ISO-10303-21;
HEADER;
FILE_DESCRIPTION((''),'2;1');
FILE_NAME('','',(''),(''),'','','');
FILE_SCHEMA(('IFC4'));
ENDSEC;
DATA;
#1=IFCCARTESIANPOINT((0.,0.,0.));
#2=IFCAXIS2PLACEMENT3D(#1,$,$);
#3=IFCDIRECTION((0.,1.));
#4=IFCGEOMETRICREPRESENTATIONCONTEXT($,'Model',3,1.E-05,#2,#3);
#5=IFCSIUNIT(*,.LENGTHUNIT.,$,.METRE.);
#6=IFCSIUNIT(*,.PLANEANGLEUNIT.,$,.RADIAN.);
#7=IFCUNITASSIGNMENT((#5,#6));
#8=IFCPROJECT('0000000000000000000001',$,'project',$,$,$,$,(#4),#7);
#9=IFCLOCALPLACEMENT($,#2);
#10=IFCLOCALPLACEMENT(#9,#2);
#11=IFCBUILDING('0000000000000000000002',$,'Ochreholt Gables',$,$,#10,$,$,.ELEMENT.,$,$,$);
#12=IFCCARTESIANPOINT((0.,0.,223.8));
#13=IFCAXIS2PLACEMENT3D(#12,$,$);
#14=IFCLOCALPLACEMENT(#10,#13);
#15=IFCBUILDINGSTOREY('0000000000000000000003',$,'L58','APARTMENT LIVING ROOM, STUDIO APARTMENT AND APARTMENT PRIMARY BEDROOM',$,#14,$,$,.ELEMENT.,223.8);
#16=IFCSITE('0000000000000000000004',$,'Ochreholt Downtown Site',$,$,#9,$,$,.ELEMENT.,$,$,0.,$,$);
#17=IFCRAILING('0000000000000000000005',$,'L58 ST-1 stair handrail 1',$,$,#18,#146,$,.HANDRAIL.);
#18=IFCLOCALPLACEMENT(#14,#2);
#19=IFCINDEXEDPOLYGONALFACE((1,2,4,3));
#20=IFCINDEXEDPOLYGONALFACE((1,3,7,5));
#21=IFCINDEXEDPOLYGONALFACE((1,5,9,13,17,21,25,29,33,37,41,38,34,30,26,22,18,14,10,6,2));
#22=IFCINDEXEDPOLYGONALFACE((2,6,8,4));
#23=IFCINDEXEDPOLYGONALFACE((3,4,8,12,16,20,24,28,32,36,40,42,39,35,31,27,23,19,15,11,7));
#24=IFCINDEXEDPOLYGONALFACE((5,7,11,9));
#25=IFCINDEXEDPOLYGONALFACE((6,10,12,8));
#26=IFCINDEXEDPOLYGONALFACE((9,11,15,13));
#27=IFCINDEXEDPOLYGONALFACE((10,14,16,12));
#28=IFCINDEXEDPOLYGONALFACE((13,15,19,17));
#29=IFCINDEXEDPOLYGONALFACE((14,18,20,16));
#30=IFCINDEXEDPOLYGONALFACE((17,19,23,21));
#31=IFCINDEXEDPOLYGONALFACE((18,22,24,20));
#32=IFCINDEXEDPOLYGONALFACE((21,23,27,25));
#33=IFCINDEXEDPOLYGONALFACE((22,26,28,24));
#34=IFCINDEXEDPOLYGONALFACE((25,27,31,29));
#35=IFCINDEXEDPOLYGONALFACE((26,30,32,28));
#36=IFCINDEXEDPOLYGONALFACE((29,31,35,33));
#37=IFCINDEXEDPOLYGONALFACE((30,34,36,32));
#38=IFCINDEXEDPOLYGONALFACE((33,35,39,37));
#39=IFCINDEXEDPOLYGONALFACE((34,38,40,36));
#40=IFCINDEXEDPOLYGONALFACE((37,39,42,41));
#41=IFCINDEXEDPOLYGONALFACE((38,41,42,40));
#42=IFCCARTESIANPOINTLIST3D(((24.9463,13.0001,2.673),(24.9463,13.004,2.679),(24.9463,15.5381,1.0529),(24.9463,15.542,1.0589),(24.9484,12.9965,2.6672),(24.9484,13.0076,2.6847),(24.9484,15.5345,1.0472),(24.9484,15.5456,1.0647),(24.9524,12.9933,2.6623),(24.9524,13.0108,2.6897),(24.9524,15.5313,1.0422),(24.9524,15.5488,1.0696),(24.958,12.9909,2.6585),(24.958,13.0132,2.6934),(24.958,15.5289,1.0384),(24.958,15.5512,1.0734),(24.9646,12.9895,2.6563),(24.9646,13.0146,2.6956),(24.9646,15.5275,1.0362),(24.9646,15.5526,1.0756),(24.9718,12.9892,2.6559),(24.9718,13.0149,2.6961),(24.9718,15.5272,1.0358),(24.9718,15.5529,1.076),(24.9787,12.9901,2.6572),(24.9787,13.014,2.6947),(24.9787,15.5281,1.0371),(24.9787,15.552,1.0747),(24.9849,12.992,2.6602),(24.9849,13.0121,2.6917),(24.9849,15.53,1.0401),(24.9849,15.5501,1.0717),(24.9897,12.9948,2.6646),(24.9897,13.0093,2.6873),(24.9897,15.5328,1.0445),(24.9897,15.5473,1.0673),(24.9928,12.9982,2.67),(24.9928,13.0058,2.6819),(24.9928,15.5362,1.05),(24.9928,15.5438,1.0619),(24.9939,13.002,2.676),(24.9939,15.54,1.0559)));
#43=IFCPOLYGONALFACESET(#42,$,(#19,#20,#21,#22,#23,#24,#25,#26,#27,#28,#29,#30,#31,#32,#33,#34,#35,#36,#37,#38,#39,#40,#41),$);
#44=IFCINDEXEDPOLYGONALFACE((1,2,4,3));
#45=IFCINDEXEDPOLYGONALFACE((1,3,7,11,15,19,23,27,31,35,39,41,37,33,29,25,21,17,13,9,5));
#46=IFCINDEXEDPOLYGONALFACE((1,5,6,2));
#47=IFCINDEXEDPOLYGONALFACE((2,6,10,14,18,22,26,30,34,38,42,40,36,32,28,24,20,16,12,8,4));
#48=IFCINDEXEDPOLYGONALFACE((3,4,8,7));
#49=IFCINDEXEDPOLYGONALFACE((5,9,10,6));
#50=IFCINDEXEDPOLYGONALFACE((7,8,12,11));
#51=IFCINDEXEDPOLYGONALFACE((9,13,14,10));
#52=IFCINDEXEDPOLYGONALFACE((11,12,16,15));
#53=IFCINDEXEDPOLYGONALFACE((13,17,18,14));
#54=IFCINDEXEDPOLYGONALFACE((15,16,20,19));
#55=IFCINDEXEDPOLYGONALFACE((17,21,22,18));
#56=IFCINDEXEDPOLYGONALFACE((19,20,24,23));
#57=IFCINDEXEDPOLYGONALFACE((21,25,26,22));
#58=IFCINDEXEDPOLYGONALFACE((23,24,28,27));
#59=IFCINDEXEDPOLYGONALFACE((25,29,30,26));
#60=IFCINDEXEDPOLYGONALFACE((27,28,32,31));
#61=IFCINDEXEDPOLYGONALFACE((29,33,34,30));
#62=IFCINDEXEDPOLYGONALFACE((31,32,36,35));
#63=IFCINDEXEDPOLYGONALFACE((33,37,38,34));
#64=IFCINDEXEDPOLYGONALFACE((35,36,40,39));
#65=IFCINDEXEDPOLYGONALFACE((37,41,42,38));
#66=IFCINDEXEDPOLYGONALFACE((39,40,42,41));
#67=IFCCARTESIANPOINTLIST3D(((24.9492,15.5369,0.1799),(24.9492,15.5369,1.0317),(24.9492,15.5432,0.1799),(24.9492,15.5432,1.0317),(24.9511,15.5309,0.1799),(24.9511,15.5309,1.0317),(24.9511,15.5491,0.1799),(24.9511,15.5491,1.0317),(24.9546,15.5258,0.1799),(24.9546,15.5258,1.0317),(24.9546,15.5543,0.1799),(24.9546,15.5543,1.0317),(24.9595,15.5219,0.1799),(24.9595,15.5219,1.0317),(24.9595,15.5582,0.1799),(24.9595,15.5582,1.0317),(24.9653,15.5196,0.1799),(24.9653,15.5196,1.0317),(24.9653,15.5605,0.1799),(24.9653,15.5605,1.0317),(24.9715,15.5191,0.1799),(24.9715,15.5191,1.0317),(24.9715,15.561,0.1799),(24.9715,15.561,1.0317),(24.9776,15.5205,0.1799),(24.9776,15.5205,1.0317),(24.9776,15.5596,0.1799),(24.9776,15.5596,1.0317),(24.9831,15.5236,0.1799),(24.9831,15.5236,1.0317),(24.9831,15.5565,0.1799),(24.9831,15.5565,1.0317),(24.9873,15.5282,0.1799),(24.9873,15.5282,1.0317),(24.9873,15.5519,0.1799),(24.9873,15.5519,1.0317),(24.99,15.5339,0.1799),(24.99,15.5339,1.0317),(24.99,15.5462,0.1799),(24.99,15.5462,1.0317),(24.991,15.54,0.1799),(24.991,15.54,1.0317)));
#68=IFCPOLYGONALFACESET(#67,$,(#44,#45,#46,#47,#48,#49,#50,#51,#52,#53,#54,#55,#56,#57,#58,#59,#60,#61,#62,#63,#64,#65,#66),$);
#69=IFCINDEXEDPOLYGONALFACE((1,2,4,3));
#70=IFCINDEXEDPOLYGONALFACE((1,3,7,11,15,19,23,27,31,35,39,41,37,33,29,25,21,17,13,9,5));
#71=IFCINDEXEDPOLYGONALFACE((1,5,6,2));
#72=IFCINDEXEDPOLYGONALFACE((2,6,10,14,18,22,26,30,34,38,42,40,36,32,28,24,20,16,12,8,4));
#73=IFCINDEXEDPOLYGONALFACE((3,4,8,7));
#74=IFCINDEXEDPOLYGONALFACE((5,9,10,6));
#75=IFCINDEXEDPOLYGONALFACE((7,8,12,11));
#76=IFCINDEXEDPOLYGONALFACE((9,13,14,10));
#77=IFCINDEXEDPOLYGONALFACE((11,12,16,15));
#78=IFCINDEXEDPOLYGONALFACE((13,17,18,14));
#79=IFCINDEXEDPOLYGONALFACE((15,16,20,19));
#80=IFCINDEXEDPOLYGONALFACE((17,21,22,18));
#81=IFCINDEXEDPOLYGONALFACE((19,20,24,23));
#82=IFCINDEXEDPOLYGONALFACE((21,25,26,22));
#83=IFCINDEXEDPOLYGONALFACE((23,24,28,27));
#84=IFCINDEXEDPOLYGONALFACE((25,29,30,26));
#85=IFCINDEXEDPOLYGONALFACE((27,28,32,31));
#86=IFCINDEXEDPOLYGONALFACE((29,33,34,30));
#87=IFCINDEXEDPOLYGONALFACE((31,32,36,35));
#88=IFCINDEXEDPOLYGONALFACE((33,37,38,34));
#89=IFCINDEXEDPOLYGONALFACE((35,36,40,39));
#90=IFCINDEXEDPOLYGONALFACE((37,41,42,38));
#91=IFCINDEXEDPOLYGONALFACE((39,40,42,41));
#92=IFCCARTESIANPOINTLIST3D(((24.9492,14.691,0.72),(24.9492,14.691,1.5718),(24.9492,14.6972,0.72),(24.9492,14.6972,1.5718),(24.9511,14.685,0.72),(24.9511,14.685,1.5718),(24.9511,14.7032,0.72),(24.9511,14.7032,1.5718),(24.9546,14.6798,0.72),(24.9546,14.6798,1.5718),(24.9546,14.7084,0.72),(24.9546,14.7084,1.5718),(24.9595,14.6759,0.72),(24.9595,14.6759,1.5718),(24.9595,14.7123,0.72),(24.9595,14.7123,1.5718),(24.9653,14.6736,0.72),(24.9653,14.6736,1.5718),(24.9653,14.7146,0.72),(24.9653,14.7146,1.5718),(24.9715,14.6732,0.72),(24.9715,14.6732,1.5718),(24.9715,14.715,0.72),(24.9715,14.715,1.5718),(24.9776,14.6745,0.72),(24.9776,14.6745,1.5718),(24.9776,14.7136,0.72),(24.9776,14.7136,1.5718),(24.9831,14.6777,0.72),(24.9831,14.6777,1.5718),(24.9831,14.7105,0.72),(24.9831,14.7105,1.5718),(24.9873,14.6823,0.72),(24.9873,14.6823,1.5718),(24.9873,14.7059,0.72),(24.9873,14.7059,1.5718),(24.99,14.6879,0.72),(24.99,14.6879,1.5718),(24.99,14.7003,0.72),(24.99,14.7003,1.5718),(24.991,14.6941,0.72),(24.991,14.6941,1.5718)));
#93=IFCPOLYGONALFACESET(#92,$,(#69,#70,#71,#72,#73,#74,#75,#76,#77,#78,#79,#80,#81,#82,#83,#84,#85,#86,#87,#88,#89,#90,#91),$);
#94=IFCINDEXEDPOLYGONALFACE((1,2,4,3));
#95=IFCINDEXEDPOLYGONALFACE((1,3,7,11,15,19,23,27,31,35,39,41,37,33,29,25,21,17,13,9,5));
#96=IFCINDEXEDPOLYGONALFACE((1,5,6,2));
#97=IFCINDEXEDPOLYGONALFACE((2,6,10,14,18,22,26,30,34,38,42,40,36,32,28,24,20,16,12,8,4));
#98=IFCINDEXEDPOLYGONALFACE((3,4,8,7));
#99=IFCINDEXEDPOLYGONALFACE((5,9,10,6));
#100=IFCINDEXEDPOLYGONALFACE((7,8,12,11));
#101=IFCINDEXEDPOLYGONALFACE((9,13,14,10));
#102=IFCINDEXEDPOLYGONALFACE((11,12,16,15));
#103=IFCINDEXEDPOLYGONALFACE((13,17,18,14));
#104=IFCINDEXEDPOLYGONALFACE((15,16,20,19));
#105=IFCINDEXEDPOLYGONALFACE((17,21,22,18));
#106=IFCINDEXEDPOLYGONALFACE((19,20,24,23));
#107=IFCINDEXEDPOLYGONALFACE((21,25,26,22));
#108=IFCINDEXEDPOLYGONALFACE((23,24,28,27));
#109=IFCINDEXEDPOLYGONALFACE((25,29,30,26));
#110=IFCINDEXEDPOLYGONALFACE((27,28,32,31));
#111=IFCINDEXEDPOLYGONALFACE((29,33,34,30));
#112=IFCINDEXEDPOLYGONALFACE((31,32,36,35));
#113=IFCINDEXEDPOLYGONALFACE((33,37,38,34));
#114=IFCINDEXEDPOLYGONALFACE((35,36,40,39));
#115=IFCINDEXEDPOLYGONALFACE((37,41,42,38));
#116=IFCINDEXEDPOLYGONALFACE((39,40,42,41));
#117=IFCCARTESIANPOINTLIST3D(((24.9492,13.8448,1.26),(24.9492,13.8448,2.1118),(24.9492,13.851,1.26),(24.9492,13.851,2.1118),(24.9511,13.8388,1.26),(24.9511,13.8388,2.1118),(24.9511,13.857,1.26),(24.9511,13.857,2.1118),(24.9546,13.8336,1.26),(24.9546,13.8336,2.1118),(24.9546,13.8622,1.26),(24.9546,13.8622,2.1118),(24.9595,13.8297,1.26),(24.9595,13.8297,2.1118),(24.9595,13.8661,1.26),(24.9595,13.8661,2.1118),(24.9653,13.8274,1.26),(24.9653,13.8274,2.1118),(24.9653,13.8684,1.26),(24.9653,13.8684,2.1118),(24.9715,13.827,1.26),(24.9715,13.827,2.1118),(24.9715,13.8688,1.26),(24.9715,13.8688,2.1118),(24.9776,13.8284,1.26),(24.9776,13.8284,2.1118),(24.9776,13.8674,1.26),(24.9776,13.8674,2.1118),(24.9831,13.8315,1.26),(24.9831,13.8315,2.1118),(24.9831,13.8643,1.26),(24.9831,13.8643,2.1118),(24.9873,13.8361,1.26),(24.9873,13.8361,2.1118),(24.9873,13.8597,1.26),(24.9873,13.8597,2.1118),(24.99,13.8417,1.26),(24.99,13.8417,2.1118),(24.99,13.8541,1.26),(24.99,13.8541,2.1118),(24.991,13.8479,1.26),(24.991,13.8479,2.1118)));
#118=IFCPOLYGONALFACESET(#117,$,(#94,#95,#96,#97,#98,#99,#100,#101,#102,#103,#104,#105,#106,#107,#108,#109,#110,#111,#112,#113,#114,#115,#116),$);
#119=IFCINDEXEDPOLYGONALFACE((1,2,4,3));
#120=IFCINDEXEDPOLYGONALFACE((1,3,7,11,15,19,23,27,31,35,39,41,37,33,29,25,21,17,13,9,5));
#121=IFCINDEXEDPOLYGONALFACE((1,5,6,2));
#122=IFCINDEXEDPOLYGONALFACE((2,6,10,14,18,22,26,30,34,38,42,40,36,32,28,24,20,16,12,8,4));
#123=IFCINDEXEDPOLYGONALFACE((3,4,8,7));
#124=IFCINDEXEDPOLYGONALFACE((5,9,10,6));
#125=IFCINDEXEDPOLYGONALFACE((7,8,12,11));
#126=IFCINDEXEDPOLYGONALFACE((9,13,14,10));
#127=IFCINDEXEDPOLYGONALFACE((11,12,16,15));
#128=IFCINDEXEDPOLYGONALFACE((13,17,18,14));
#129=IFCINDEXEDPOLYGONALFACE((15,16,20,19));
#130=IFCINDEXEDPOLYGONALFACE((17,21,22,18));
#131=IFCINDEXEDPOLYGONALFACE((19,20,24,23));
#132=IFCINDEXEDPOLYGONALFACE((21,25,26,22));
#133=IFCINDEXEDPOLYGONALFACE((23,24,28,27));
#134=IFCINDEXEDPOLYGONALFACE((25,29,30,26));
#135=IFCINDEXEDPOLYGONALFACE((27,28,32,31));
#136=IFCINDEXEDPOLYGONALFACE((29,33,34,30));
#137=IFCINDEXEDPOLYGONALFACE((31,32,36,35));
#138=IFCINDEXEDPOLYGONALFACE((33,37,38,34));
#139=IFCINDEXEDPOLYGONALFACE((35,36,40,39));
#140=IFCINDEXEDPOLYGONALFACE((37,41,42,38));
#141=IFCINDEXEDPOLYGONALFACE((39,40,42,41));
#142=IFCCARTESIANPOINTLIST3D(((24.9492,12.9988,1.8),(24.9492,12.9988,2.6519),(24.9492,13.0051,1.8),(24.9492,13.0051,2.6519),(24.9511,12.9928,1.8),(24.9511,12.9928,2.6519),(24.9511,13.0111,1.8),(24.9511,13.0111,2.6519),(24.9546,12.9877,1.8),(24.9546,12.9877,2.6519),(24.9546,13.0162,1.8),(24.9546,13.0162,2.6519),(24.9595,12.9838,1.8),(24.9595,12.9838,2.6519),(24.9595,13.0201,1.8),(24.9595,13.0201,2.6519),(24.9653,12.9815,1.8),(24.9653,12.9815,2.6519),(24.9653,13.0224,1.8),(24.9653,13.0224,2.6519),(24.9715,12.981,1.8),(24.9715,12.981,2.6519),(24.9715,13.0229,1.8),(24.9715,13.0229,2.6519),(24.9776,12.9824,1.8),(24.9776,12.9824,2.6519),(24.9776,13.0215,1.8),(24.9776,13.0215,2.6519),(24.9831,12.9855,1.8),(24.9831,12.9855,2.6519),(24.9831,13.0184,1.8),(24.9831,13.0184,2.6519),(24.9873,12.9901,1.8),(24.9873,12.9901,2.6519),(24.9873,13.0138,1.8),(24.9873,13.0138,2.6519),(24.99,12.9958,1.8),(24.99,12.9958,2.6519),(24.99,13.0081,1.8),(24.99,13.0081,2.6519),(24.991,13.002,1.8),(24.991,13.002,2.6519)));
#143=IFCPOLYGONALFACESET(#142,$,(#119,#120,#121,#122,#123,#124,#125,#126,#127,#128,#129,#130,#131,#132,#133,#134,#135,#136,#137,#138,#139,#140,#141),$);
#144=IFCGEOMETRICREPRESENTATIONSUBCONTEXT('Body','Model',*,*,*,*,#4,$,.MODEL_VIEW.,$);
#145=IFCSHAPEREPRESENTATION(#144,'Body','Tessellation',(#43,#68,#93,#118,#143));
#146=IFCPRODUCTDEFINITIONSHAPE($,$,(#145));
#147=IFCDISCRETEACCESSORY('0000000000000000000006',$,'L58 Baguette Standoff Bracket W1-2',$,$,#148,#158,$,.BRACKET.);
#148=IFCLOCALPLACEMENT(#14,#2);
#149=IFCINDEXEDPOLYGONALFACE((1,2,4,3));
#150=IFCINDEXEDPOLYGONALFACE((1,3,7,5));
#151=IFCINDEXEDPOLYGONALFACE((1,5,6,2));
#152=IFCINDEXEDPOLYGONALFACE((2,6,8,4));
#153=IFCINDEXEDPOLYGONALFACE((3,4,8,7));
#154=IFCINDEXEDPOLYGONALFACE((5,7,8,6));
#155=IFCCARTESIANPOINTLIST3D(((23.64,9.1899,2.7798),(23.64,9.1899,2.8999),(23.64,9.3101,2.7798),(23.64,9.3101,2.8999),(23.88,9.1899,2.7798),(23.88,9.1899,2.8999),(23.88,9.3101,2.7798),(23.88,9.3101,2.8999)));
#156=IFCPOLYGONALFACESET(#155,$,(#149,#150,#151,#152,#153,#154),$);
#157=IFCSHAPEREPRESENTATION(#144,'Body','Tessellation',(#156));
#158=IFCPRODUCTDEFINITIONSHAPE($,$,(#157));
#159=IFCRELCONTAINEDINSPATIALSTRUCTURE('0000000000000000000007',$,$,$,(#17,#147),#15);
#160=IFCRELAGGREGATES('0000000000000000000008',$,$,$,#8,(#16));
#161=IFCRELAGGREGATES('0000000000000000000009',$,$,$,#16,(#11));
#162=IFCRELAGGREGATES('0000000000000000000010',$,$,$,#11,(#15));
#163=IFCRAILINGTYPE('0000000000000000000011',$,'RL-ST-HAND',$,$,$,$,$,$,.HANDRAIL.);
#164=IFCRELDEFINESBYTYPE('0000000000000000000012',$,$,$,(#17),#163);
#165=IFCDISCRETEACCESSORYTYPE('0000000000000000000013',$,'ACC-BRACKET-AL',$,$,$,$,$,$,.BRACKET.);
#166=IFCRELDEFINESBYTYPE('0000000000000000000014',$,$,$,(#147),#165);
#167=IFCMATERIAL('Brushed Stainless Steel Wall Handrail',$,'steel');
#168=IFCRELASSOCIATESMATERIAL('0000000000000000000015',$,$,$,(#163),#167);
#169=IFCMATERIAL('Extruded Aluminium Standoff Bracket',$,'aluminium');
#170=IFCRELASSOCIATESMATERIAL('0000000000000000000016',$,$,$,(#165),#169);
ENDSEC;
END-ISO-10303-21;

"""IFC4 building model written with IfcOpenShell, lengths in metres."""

from ifc_helpers import new_model, si_unit, direction, frame, origin, origin_2d, place, context, subcontext, project, spatial, rectangle, circle, extrude, material, type_object, element, save


model = new_model("IFC4")

# Units and contexts
model_context = context("Model", 3, precision=1e-05, world=origin(), true_north=direction((0.0, 1.0)))
body_context = subcontext(model_context, "Body", "Model", "MODEL_VIEW")
ifc_project = project(units=[si_unit("LENGTHUNIT", "METRE"), si_unit("PLANEANGLEUNIT", "RADIAN")], contexts=[model_context])

# Site, building, storey
site_placement = place(None, origin())
site = spatial("IfcSite", under=ifc_project, at=site_placement, Name="Ochreholt Downtown Site", CompositionType="ELEMENT", RefElevation=0.0)
building_placement = place(site_placement, origin())
building = spatial("IfcBuilding", under=site, at=building_placement, Name="Ochreholt Gables", CompositionType="ELEMENT")
storey_placement = place(building_placement, frame((0.0, 0.0, 223.8)))
storey = spatial("IfcBuildingStorey", under=building, at=storey_placement, Name="L58", Description="APARTMENT LIVING ROOM, STUDIO APARTMENT AND APARTMENT PRIMARY BEDROOM", CompositionType="ELEMENT", Elevation=223.8)

# Railing
ifc_material_1 = material(Name="Brushed Stainless Steel Wall Handrail", Category="steel")
railing_type = type_object("IfcRailingType", Name="RL-ST-HAND", PredefinedType="HANDRAIL", material=ifc_material_1)
railing_placement = place(storey_placement, frame((24.97, 15.54, 0.1799)))
element("IfcRailing", 1, at=railing_placement, inside=storey, type_object=railing_type, Name="L58 ST-1 stair handrail 1", PredefinedType="HANDRAIL", context=body_context, shape_type="SweptSolid", body=[
    extrude(circle(Radius=0.0239, at=origin_2d()), frame((0.0, 0.0, 0.876), z_axis=(0.0, -0.842913, 0.53805), x_axis=(1.0, 0.0, 0.0)), (0.0, 0.0, 1.0), 3.011),
    extrude(circle(Radius=0.021, at=origin_2d()), origin(), (0.0, 0.0, 1.0), 0.8518),
    extrude(circle(Radius=0.021, at=origin_2d()), frame((0.0, -0.8459, 0.54)), (0.0, 0.0, 1.0), 0.8518),
    extrude(circle(Radius=0.021, at=origin_2d()), frame((0.0, -1.6921, 1.0801)), (0.0, 0.0, 1.0), 0.8518),
    extrude(circle(Radius=0.021, at=origin_2d()), frame((0.0, -2.5381, 1.6201)), (0.0, 0.0, 1.0), 0.8518),
])

# Discrete accessory
ifc_material_2 = material(Name="Extruded Aluminium Standoff Bracket", Category="aluminium")
discrete_accessory_type = type_object("IfcDiscreteAccessoryType", Name="ACC-BRACKET-AL", PredefinedType="BRACKET", material=ifc_material_2)
discrete_accessory_placement = place(storey_placement, frame((23.76, 9.25, 2.7798), z_axis=(0.0, 0.0, 1.0), x_axis=(0.0, -1.0, 0.0)))
element("IfcDiscreteAccessory", 2, at=discrete_accessory_placement, inside=storey, type_object=discrete_accessory_type, Name="L58 Baguette Standoff Bracket W1-2", PredefinedType="BRACKET", context=body_context, shape_type="SweptSolid", body=[
    extrude(rectangle(XDim=0.1201, YDim=0.24, at=origin_2d()), origin(), (0.0, 0.0, 1.0), 0.1201),
])

save(model, "model.ifc")
